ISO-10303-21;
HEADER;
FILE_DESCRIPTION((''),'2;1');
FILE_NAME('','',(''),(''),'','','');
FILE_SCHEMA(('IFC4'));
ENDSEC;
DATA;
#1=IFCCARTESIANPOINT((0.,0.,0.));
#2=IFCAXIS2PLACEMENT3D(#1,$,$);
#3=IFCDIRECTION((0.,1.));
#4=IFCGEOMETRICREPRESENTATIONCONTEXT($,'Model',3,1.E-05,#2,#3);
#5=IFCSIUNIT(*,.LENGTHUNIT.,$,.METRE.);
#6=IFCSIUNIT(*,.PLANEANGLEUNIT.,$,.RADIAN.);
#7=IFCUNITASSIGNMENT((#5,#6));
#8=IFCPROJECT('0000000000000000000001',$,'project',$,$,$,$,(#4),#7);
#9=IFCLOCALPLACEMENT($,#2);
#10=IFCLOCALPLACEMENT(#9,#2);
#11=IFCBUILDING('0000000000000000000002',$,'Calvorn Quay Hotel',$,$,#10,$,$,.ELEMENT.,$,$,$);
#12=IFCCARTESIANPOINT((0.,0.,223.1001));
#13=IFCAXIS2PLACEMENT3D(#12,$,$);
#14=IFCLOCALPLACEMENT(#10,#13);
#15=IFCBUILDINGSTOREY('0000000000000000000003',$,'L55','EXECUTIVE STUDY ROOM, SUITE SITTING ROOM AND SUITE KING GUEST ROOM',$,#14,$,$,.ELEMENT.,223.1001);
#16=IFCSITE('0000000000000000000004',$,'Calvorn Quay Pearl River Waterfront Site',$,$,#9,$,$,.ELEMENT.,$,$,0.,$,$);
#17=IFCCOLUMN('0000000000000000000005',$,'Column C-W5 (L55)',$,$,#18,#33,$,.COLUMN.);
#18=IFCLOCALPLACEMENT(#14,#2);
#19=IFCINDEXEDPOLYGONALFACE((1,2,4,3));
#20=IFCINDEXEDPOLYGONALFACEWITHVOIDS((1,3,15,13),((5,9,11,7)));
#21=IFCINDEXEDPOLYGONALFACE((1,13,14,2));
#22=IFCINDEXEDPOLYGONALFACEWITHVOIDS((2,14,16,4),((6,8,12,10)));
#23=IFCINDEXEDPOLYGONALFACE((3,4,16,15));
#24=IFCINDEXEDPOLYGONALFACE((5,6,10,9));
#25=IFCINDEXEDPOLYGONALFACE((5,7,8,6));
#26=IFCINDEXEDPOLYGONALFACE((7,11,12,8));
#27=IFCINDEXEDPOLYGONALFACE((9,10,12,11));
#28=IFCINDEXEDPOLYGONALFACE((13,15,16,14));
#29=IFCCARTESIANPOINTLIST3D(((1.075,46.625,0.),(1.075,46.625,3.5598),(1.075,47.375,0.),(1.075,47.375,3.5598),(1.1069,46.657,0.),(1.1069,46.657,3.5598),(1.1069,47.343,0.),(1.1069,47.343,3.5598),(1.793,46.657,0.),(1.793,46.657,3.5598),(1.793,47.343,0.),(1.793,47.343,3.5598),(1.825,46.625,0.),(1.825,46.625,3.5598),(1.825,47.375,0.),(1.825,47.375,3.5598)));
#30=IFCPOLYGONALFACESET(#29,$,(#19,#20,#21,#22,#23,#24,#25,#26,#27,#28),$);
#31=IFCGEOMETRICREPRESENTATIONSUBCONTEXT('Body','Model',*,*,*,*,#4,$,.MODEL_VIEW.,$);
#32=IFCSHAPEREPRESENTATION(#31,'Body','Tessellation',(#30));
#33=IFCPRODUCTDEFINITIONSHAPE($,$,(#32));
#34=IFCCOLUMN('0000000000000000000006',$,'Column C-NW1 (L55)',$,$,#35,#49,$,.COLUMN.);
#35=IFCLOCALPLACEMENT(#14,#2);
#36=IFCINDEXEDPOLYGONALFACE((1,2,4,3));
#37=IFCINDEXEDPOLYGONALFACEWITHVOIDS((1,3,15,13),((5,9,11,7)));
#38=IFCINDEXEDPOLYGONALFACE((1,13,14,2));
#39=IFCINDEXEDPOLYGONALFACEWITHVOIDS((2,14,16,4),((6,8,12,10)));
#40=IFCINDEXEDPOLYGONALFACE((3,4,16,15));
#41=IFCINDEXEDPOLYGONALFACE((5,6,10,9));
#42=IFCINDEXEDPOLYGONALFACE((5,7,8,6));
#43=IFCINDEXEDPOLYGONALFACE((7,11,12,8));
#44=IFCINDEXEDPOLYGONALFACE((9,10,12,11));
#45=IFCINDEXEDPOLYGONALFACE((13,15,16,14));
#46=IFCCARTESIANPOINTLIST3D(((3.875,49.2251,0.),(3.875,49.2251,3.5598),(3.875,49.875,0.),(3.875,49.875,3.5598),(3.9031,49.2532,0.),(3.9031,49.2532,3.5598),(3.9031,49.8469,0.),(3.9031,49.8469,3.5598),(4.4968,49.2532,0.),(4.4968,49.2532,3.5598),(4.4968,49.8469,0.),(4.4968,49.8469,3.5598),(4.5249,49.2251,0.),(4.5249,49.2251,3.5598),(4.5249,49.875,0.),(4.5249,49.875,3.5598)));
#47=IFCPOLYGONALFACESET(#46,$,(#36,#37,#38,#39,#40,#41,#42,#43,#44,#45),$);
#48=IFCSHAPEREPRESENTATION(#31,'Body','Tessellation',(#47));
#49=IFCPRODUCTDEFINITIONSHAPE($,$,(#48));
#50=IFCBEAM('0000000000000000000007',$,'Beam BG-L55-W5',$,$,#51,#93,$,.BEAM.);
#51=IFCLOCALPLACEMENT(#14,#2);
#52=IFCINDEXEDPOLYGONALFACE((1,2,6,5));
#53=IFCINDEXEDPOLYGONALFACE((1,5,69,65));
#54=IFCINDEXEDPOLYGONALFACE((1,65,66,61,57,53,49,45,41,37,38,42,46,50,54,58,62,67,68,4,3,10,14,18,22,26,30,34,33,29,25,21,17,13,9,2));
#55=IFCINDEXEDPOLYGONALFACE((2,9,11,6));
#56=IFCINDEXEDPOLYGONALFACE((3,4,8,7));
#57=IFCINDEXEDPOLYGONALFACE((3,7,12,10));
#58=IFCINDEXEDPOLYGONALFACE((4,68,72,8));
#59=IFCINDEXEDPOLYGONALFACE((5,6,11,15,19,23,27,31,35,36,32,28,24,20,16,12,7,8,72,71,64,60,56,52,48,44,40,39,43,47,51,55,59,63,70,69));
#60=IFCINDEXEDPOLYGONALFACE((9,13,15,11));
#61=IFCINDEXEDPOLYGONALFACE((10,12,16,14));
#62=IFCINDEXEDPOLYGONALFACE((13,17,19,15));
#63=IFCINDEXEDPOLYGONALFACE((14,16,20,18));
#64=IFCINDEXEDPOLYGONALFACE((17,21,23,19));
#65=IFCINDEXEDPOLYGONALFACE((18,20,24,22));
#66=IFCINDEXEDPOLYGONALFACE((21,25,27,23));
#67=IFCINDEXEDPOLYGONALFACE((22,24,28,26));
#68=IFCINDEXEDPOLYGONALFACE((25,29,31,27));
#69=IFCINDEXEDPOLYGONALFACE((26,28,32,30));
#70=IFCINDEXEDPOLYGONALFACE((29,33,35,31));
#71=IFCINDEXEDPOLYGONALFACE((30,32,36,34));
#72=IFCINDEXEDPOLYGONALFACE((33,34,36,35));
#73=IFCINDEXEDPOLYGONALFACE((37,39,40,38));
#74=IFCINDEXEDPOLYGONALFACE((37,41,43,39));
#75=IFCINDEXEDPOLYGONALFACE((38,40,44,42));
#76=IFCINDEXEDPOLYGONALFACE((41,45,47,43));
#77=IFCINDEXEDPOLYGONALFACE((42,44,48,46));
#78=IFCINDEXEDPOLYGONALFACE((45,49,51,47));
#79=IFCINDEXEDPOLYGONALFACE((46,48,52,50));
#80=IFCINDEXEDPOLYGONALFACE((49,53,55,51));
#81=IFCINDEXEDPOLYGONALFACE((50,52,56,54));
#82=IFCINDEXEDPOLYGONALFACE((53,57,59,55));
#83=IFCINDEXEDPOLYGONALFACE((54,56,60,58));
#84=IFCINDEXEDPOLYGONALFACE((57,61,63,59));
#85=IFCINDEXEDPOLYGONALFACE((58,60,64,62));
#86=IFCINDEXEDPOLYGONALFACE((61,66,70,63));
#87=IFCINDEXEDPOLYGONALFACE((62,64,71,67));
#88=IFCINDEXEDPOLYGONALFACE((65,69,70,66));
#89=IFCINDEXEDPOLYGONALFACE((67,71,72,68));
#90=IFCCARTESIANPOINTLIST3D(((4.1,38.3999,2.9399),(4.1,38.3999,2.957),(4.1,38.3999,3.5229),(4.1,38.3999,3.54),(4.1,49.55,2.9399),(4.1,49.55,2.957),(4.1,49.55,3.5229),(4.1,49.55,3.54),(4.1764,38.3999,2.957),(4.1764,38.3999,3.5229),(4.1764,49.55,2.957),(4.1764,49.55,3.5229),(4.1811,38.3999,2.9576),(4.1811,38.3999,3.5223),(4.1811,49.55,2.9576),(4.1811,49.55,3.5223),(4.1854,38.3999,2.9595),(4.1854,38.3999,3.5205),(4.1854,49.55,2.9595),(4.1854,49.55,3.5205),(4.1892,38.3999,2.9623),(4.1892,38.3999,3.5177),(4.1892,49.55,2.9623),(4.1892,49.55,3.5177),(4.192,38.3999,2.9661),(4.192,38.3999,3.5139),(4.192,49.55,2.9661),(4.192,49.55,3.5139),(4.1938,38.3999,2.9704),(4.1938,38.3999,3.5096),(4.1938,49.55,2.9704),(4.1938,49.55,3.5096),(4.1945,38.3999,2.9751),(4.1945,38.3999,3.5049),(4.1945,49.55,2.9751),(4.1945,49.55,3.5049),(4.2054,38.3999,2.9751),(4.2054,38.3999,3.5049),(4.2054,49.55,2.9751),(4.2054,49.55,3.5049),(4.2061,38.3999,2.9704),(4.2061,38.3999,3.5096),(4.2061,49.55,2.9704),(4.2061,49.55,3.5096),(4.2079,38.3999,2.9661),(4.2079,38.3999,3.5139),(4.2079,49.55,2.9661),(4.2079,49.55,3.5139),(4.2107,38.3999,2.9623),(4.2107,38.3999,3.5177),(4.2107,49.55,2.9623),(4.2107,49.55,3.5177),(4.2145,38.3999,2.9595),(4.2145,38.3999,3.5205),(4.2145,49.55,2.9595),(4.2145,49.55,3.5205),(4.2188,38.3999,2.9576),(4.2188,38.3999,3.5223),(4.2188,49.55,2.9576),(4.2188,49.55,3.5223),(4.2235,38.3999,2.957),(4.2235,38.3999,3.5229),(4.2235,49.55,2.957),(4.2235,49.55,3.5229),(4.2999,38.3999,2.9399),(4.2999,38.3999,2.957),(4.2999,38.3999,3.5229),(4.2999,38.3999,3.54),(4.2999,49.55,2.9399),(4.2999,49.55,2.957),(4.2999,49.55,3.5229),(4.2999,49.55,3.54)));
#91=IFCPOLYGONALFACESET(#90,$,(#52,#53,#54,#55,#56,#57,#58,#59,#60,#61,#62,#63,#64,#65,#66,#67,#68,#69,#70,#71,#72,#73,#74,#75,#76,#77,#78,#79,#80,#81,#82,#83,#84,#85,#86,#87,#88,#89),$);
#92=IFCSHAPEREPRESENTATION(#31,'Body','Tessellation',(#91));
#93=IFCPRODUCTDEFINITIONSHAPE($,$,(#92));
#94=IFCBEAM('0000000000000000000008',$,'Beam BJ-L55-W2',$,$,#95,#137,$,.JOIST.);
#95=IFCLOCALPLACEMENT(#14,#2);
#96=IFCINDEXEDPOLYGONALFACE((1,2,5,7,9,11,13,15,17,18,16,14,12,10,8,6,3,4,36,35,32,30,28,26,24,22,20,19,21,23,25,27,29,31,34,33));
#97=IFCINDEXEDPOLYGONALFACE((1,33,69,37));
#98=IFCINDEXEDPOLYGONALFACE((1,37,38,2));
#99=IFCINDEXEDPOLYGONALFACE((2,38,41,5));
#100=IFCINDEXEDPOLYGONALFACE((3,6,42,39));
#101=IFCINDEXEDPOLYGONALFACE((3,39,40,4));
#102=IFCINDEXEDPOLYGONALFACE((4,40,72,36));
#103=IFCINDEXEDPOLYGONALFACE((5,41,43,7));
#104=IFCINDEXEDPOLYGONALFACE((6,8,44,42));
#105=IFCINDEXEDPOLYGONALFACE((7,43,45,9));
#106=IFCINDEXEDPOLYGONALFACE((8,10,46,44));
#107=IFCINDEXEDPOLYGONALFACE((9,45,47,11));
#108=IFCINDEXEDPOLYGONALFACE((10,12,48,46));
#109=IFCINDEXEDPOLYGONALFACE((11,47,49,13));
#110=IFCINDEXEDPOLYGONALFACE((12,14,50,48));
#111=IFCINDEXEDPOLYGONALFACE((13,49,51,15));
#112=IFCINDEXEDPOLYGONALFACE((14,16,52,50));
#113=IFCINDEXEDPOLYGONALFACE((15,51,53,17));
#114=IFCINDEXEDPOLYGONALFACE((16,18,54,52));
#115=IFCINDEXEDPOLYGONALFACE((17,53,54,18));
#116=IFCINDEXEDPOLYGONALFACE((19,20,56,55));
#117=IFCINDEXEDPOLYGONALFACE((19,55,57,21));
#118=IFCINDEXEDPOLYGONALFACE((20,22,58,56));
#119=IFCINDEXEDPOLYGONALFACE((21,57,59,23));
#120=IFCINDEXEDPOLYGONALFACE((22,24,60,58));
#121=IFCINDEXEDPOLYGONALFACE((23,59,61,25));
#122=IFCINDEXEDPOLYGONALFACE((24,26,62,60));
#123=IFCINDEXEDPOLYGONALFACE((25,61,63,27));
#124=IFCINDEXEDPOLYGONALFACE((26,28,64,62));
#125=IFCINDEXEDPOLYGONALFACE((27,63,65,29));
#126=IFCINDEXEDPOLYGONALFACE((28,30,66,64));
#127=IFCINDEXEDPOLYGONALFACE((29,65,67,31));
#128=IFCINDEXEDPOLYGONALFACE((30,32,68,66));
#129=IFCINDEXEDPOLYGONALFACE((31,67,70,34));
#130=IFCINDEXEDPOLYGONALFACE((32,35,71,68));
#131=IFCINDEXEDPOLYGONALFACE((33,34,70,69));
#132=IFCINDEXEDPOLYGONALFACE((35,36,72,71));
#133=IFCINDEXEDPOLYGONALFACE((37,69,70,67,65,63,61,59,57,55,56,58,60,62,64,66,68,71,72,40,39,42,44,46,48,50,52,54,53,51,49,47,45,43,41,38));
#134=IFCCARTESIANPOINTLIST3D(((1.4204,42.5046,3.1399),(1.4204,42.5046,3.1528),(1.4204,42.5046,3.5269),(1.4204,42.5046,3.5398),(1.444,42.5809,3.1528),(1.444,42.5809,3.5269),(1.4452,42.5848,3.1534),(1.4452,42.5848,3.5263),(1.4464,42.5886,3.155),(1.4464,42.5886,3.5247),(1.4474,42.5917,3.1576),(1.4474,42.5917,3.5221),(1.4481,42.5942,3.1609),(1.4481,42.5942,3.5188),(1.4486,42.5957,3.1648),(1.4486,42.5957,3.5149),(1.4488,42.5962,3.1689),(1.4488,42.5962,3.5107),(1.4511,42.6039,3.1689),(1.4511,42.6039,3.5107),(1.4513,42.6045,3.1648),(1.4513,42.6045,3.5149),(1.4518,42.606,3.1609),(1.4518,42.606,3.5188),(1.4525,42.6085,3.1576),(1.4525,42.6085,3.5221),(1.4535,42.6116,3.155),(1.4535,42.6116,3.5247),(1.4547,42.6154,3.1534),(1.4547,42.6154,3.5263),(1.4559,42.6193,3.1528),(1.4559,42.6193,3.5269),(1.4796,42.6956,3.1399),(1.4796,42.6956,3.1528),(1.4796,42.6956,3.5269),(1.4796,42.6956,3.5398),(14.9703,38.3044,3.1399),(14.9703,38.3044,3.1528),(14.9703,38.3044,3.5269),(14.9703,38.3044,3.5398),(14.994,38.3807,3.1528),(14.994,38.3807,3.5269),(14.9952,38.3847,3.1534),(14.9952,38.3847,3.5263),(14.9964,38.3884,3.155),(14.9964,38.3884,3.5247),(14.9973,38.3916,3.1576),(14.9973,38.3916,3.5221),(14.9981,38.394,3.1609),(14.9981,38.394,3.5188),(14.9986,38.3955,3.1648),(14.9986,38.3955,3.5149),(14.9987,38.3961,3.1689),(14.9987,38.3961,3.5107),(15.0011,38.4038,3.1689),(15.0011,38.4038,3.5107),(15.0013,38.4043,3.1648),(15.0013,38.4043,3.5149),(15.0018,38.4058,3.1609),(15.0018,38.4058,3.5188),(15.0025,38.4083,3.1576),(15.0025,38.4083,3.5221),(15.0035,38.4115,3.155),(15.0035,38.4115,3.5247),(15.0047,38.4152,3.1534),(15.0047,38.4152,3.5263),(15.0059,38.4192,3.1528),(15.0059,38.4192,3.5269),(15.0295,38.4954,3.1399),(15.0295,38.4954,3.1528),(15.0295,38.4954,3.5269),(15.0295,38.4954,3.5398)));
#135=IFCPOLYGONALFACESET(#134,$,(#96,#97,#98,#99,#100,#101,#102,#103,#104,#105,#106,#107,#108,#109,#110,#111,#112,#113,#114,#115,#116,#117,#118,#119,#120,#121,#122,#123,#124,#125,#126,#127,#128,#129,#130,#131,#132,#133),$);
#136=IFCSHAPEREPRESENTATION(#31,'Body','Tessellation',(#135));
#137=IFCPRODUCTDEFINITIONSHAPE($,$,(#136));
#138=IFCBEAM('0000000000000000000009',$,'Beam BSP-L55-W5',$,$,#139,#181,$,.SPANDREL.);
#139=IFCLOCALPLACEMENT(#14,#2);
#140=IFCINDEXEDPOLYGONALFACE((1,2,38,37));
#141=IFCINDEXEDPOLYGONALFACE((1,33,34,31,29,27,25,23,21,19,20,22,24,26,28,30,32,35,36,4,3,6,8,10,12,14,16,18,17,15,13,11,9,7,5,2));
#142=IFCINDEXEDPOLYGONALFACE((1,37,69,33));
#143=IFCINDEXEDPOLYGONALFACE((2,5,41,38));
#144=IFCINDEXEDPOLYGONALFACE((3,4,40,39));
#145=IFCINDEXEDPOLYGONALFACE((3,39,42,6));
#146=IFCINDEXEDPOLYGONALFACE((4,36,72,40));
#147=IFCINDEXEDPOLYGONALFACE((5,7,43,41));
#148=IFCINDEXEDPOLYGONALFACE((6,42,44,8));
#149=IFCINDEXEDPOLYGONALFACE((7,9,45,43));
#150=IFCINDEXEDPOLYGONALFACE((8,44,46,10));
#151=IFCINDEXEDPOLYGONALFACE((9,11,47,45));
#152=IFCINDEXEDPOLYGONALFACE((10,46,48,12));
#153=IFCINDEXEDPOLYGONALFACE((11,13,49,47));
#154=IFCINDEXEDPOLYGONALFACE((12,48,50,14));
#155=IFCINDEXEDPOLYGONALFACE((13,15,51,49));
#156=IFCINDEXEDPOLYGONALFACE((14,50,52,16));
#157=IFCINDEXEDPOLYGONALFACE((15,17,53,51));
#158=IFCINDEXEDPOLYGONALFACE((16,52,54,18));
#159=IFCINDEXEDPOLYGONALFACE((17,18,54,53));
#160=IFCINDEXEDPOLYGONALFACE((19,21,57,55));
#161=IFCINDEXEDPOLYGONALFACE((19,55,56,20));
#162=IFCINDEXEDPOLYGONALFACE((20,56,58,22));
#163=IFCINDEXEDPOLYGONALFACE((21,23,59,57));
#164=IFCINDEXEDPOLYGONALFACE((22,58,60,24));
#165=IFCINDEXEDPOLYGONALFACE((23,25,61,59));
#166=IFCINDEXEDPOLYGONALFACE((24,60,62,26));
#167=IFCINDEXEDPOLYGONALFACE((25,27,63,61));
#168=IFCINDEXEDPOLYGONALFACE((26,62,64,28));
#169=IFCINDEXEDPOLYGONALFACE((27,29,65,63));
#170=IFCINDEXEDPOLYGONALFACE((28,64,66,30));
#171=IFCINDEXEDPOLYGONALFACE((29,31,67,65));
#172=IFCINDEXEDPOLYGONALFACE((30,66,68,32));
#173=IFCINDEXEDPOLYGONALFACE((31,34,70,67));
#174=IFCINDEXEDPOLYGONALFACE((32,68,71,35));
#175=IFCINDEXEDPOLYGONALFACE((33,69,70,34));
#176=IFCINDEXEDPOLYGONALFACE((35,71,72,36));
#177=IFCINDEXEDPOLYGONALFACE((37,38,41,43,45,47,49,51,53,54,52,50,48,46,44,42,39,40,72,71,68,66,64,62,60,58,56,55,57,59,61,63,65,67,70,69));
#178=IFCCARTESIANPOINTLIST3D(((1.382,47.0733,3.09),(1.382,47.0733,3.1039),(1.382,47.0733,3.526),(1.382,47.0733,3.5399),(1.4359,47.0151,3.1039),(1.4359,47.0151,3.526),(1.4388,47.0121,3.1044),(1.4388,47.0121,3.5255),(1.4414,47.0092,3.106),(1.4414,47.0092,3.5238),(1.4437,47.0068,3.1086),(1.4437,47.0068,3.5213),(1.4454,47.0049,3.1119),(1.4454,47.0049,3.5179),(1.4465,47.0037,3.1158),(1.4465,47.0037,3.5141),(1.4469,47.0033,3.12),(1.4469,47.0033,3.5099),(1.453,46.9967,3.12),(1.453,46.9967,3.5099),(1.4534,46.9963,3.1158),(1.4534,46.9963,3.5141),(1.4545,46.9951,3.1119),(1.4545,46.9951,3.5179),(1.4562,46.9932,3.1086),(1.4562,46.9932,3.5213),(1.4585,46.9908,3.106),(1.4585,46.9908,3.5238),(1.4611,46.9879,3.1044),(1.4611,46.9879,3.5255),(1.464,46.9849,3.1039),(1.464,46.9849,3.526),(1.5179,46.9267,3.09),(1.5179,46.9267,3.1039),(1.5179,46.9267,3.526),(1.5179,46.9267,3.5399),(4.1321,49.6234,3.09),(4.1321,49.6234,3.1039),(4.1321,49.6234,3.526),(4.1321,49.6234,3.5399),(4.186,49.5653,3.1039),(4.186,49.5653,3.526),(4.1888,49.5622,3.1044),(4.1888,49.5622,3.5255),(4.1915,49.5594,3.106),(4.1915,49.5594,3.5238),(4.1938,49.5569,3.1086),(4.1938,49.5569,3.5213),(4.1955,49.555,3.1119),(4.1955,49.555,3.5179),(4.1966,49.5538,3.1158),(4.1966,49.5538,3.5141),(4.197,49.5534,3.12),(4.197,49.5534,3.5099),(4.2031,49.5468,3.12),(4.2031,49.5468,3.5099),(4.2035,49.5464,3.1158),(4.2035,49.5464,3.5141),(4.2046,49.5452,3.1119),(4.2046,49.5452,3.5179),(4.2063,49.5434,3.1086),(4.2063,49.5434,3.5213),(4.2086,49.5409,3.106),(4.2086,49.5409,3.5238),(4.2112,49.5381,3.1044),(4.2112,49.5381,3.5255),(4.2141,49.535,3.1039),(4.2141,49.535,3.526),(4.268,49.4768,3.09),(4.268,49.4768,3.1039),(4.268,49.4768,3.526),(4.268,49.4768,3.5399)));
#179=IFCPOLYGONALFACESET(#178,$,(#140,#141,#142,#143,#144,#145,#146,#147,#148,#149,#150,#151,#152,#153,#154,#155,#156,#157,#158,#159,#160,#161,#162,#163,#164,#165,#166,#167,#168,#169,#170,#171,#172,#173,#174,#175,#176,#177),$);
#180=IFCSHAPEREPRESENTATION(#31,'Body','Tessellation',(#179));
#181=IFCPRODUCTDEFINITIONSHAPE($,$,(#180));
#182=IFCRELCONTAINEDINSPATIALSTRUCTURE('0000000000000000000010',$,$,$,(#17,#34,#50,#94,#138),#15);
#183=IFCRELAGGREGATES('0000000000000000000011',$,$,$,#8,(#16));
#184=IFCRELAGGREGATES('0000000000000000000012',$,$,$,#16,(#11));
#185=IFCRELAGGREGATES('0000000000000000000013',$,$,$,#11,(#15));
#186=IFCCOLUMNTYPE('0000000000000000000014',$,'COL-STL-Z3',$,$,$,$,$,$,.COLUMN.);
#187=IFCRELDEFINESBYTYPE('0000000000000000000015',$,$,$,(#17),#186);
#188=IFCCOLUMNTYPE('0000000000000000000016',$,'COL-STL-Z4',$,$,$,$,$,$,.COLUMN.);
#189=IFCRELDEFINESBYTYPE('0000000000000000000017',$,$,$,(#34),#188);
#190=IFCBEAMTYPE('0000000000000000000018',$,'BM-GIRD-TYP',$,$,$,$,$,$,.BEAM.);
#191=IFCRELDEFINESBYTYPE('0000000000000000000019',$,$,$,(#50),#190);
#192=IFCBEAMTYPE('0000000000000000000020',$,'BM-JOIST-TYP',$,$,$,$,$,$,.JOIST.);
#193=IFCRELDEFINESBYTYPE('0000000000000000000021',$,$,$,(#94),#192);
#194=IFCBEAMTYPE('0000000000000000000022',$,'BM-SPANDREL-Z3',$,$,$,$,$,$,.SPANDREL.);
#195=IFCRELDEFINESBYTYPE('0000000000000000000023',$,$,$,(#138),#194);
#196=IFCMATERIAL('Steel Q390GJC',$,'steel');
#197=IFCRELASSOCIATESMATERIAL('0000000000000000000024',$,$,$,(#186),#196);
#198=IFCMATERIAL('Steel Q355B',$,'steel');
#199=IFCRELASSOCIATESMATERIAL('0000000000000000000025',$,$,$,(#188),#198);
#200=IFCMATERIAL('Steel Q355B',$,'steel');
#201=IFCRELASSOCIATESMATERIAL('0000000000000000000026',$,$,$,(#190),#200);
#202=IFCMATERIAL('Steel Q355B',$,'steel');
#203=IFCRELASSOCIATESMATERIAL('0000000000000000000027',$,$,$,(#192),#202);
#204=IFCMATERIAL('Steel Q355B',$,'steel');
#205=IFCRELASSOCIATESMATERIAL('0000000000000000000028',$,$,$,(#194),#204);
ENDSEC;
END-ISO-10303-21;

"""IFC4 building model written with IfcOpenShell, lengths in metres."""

from ifc_helpers import new_model, si_unit, direction, frame, origin, origin_2d, place, context, subcontext, project, spatial, hollow_rectangle, i_section, extrude, material, material_profile, profile_set, type_object, element, save


model = new_model("IFC4")

# Units and contexts
model_context = context("Model", 3, precision=1e-05, world=origin(), true_north=direction((0.0, 1.0)))
body_context = subcontext(model_context, "Body", "Model", "MODEL_VIEW")
ifc_project = project(units=[si_unit("LENGTHUNIT", "METRE"), si_unit("PLANEANGLEUNIT", "RADIAN")], contexts=[model_context])

# Site, building, storey
site_placement = place(None, origin())
site = spatial("IfcSite", under=ifc_project, at=site_placement, Name="Calvorn Quay Pearl River Waterfront Site", CompositionType="ELEMENT", RefElevation=0.0)
building_placement = place(site_placement, origin())
building = spatial("IfcBuilding", under=site, at=building_placement, Name="Calvorn Quay Hotel", CompositionType="ELEMENT")
storey_placement = place(building_placement, frame((0.0, 0.0, 223.1001)))
storey = spatial("IfcBuildingStorey", under=building, at=storey_placement, Name="L55", Description="EXECUTIVE STUDY ROOM, SUITE SITTING ROOM AND SUITE KING GUEST ROOM", CompositionType="ELEMENT", Elevation=223.1001)

# Columns
ifc_material_1 = material(Name="Steel Q390GJC", Category="steel")
ifc_material_profile_1 = material_profile(ifc_material_1, hollow_rectangle(XDim=0.75, YDim=0.75, WallThickness=0.032, at=origin_2d()), Name="BOX750x750x32")
ifc_profile_set_1 = profile_set([ifc_material_profile_1], Name="Steel Q390GJC")
column_type_1 = type_object("IfcColumnType", Name="COL-STL-Z3", PredefinedType="COLUMN", material=ifc_profile_set_1)
column_1_placement = place(storey_placement, frame((1.45, 47.0, 0.0), z_axis=(0.0, 0.0, 1.0), x_axis=(1.0, 0.0, 0.0)))
element("IfcColumn", 1, at=column_1_placement, inside=storey, type_object=column_type_1, Name="Column C-W5 (L55)", PredefinedType="COLUMN", context=body_context, shape_type="SweptSolid", body=[
    extrude(hollow_rectangle(XDim=0.75, YDim=0.75, WallThickness=0.032, at=origin_2d()), origin(), (0.0, 0.0, 1.0), 3.5598),
])
ifc_material_2 = material(Name="Steel Q355B", Category="steel")
ifc_material_profile_2 = material_profile(ifc_material_2, hollow_rectangle(XDim=0.6499, YDim=0.6499, WallThickness=0.0281, at=origin_2d()), Name="BOX650x650x28")
ifc_profile_set_2 = profile_set([ifc_material_profile_2], Name="Steel Q355B")
column_type_2 = type_object("IfcColumnType", Name="COL-STL-Z4", PredefinedType="COLUMN", material=ifc_profile_set_2)
column_2_placement = place(storey_placement, frame((4.2, 49.55, 0.0), z_axis=(0.0, 0.0, 1.0), x_axis=(1.0, 0.0, 0.0)))
element("IfcColumn", 2, at=column_2_placement, inside=storey, type_object=column_type_2, Name="Column C-NW1 (L55)", PredefinedType="COLUMN", context=body_context, shape_type="SweptSolid", body=[
    extrude(hollow_rectangle(XDim=0.6499, YDim=0.6499, WallThickness=0.0281, at=origin_2d()), origin(), (0.0, 0.0, 1.0), 3.5598),
])

# Beams
ifc_material_3 = material(Name="Steel Q355B", Category="steel")
ifc_material_profile_3 = material_profile(ifc_material_3, i_section(OverallWidth=0.2, OverallDepth=0.6001, WebThickness=0.011, FlangeThickness=0.0171, FilletRadius=0.0181, at=origin_2d()), Name="HN600x200x11x17")
ifc_profile_set_3 = profile_set([ifc_material_profile_3], Name="Steel Q355B")
beam_type_1 = type_object("IfcBeamType", Name="BM-GIRD-TYP", PredefinedType="BEAM", material=ifc_profile_set_3)
beam_1_placement = place(storey_placement, frame((4.2, 49.55, 3.24), z_axis=(0.0, -1.0, 0.0), x_axis=(1.0, 0.0, 0.0)))
element("IfcBeam", 3, at=beam_1_placement, inside=storey, type_object=beam_type_1, Name="Beam BG-L55-W5", PredefinedType="BEAM", context=body_context, shape_type="SweptSolid", body=[
    extrude(i_section(OverallWidth=0.2, OverallDepth=0.6001, WebThickness=0.011, FlangeThickness=0.0171, FilletRadius=0.0181, at=origin_2d()), origin(), (0.0, 0.0, 1.0), 11.1501),
])
ifc_material_4 = material(Name="Steel Q355B", Category="steel")
ifc_material_profile_4 = material_profile(ifc_material_4, i_section(OverallWidth=0.2, OverallDepth=0.3999, WebThickness=0.0081, FlangeThickness=0.0129, FilletRadius=0.0161, at=origin_2d()), Name="HN400x200x8x13")
ifc_profile_set_4 = profile_set([ifc_material_profile_4], Name="Steel Q355B")
beam_type_2 = type_object("IfcBeamType", Name="BM-JOIST-TYP", PredefinedType="JOIST", material=ifc_profile_set_4)
beam_2_placement = place(storey_placement, frame((1.45, 42.6001, 3.3398), z_axis=(0.955164, -0.296078, 0.0), x_axis=(0.296078, 0.955164, 0.0)))
element("IfcBeam", 4, at=beam_2_placement, inside=storey, type_object=beam_type_2, Name="Beam BJ-L55-W2", PredefinedType="JOIST", context=body_context, shape_type="SweptSolid", body=[
    extrude(i_section(OverallWidth=0.2, OverallDepth=0.3999, WebThickness=0.0081, FlangeThickness=0.0129, FilletRadius=0.0161, at=origin_2d()), origin(), (0.0, 0.0, 1.0), 14.186),
])
ifc_material_5 = material(Name="Steel Q355B", Category="steel")
ifc_material_profile_5 = material_profile(ifc_material_5, i_section(OverallWidth=0.2, OverallDepth=0.45, WebThickness=0.009, FlangeThickness=0.0139, FilletRadius=0.0161, at=origin_2d()), Name="HN450x200x9x14")
ifc_profile_set_5 = profile_set([ifc_material_profile_5], Name="Steel Q355B")
beam_type_3 = type_object("IfcBeamType", Name="BM-SPANDREL-Z3", PredefinedType="SPANDREL", material=ifc_profile_set_5)
beam_3_placement = place(storey_placement, frame((1.45, 47.0, 3.3149), z_axis=(0.733262, 0.679947, 0.0), x_axis=(-0.679947, 0.733262, 0.0)))
element("IfcBeam", 5, at=beam_3_placement, inside=storey, type_object=beam_type_3, Name="Beam BSP-L55-W5", PredefinedType="SPANDREL", context=body_context, shape_type="SweptSolid", body=[
    extrude(i_section(OverallWidth=0.2, OverallDepth=0.45, WebThickness=0.009, FlangeThickness=0.0139, FilletRadius=0.0161, at=origin_2d()), origin(), (0.0, 0.0, 1.0), 3.7505),
])

save(model, "model.ifc")
